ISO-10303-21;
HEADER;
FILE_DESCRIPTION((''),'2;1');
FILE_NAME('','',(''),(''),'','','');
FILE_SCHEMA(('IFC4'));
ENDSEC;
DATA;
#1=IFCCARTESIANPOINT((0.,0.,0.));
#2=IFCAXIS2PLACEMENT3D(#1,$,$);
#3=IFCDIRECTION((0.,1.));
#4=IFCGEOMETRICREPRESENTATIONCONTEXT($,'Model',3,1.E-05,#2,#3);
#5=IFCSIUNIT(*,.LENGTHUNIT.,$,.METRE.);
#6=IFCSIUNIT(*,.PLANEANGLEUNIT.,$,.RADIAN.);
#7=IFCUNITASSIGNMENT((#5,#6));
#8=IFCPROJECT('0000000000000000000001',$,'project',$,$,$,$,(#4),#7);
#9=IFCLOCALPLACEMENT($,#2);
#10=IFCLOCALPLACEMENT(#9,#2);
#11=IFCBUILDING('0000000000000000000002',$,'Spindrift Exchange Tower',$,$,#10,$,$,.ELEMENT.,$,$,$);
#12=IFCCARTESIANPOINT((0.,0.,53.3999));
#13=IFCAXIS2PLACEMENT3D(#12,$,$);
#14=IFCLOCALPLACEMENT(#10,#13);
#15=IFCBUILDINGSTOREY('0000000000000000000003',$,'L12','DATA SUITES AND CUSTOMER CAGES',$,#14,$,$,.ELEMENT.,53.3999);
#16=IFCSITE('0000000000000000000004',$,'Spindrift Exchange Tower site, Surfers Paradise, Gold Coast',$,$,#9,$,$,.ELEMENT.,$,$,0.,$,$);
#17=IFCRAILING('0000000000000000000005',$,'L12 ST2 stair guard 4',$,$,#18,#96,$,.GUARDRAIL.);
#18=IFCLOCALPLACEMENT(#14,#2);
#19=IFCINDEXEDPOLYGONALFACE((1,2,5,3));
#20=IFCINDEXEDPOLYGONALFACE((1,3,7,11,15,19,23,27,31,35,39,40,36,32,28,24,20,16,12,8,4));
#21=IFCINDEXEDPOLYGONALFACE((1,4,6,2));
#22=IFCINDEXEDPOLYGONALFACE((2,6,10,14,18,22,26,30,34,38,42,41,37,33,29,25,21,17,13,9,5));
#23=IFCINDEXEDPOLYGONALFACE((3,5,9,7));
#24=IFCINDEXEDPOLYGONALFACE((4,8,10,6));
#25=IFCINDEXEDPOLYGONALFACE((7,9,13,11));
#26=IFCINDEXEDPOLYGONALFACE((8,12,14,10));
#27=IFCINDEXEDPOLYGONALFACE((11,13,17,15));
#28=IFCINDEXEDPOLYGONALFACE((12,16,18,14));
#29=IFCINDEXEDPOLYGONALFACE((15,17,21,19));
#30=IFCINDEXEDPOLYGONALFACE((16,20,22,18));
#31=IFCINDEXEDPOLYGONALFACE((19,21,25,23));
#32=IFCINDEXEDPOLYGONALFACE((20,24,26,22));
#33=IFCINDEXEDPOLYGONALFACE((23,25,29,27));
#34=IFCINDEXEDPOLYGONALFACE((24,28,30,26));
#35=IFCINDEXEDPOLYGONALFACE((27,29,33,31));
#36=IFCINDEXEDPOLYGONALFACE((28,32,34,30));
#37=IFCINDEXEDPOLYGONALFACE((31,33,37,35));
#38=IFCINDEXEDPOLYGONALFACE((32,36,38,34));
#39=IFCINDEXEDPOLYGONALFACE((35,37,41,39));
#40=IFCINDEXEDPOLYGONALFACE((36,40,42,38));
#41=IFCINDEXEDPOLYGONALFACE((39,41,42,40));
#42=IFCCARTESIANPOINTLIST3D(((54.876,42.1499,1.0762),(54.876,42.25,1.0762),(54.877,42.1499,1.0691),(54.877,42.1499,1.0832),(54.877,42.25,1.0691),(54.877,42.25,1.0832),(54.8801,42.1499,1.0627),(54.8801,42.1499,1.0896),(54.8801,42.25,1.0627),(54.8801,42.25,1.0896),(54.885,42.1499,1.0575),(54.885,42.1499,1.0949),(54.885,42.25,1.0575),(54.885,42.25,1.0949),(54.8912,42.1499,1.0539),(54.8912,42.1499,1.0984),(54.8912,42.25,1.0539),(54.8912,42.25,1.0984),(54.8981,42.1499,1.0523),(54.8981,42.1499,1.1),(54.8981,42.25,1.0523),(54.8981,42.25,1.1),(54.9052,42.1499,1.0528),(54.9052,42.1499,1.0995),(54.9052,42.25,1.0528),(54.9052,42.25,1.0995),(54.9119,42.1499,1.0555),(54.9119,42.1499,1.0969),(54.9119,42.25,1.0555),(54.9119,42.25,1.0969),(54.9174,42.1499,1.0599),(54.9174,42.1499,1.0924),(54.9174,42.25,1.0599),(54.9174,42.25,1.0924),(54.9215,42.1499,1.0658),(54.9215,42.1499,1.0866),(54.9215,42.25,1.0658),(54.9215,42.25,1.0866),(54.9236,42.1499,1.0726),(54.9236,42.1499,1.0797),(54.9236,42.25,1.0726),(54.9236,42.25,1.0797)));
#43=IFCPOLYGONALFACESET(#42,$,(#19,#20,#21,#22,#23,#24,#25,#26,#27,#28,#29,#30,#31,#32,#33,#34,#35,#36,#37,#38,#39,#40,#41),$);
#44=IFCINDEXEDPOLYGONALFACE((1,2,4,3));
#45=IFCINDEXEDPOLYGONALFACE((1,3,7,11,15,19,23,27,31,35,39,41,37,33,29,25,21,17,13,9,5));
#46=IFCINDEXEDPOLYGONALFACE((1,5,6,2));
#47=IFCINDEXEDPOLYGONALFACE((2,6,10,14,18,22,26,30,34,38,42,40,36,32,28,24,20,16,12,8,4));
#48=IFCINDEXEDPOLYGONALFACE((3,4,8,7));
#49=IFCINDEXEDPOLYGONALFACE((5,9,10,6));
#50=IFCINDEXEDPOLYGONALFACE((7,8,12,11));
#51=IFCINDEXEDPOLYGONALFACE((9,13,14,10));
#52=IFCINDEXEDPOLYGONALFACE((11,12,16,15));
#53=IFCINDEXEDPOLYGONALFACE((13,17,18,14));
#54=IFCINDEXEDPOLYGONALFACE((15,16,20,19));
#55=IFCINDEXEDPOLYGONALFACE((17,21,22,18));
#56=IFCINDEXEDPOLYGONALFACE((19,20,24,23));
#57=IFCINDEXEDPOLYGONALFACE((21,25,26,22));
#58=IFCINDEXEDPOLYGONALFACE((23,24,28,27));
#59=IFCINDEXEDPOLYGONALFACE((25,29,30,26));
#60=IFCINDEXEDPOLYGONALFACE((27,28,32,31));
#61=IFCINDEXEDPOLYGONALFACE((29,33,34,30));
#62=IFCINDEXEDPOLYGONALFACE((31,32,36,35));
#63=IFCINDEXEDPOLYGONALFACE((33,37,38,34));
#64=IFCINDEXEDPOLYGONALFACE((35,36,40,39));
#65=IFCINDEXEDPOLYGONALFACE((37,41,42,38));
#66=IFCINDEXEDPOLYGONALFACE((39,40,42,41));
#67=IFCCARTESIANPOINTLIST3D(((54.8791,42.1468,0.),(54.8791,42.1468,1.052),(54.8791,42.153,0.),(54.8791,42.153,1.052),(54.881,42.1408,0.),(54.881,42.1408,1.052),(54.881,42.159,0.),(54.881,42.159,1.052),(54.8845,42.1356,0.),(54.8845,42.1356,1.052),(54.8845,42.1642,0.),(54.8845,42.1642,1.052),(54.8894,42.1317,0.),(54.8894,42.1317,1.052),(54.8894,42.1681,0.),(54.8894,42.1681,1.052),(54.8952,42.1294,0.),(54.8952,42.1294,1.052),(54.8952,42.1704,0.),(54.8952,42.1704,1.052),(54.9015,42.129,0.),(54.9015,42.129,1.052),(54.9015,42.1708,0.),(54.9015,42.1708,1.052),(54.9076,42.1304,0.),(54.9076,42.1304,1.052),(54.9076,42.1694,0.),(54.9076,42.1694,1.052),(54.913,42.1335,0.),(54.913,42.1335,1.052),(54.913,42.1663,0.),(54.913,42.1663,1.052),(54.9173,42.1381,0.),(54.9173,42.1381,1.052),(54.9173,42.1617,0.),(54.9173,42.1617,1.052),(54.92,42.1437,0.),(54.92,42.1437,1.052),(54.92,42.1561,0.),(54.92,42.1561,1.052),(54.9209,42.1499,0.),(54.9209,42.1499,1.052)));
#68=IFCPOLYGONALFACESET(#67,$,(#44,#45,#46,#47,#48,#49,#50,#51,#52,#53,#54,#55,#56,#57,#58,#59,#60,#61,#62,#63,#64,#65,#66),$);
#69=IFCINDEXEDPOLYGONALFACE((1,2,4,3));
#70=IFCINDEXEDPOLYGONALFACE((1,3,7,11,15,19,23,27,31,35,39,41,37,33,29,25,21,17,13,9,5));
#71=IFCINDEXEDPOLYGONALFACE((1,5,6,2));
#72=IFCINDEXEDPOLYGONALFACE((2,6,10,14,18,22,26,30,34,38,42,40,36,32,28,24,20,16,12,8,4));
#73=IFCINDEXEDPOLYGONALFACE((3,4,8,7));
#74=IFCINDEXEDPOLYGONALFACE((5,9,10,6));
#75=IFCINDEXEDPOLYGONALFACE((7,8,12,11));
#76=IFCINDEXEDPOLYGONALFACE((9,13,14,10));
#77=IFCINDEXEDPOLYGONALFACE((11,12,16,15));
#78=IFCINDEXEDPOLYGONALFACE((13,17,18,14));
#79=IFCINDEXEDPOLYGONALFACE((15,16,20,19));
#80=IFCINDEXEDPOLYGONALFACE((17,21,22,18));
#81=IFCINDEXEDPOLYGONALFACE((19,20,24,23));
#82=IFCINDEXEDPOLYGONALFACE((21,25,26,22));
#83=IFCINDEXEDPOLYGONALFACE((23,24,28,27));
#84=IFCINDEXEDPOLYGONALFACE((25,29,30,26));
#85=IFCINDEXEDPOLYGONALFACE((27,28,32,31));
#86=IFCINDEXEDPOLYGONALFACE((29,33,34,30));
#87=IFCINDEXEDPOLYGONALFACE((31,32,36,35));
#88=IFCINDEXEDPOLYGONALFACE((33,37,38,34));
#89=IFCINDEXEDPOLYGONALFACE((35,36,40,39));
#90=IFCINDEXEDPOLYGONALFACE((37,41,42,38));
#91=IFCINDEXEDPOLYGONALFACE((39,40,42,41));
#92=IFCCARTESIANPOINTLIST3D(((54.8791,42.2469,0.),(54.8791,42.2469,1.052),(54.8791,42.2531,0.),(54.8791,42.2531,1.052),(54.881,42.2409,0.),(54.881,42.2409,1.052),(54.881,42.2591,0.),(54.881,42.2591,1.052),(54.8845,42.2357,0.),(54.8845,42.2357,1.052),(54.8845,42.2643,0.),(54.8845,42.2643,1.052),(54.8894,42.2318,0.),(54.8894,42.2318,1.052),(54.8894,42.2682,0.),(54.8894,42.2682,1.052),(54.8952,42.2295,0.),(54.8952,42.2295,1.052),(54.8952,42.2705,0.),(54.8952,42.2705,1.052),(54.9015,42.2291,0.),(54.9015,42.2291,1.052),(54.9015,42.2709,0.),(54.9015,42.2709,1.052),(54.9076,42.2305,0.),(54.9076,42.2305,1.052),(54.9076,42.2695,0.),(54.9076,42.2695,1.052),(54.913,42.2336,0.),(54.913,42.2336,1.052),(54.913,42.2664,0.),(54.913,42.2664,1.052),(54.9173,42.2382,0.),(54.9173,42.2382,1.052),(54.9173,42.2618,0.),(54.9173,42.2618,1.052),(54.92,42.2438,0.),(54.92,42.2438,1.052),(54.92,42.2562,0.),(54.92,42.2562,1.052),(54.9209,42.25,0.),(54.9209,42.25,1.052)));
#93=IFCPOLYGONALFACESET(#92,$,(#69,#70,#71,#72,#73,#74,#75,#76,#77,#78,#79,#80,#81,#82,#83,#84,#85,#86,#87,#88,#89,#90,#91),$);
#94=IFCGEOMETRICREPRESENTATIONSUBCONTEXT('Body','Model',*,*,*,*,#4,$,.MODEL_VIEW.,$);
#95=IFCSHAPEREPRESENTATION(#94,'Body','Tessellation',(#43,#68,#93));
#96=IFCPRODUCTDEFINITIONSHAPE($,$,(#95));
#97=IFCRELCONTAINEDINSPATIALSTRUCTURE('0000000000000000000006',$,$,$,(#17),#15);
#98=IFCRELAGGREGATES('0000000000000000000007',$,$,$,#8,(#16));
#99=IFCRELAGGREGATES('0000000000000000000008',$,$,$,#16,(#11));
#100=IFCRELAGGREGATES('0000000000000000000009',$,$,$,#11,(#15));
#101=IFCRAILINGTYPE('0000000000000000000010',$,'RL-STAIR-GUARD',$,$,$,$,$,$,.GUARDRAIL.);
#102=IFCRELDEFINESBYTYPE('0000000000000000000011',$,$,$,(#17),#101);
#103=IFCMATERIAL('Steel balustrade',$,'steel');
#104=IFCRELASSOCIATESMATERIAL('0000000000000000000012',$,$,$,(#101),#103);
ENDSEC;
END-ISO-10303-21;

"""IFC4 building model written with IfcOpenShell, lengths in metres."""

from ifc_helpers import new_model, si_unit, direction, frame, origin, origin_2d, place, context, subcontext, project, spatial, circle, extrude, material, type_object, element, save


model = new_model("IFC4")

# Units and contexts
model_context = context("Model", 3, precision=1e-05, world=origin(), true_north=direction((0.0, 1.0)))
body_context = subcontext(model_context, "Body", "Model", "MODEL_VIEW")
ifc_project = project(units=[si_unit("LENGTHUNIT", "METRE"), si_unit("PLANEANGLEUNIT", "RADIAN")], contexts=[model_context])

# Site, building, storey
site_placement = place(None, origin())
site = spatial("IfcSite", under=ifc_project, at=site_placement, Name="Spindrift Exchange Tower site, Surfers Paradise, Gold Coast", CompositionType="ELEMENT", RefElevation=0.0)
building_placement = place(site_placement, origin())
building = spatial("IfcBuilding", under=site, at=building_placement, Name="Spindrift Exchange Tower", CompositionType="ELEMENT")
storey_placement = place(building_placement, frame((0.0, 0.0, 53.3999)))
storey = spatial("IfcBuildingStorey", under=building, at=storey_placement, Name="L12", Description="DATA SUITES AND CUSTOMER CAGES", CompositionType="ELEMENT", Elevation=53.3999)

# Railing
ifc_material_1 = material(Name="Steel balustrade", Category="steel")
railing_type_1 = type_object("IfcRailingType", Name="RL-STAIR-GUARD", PredefinedType="GUARDRAIL", material=ifc_material_1)
railing_1_placement = place(storey_placement, frame((54.8999, 42.1499, 0.0)))
element("IfcRailing", 1, at=railing_1_placement, inside=storey, type_object=railing_type_1, Name="L12 ST2 stair guard 4", PredefinedType="GUARDRAIL", context=body_context, shape_type="SweptSolid", body=[
    extrude(circle(Radius=0.0239, at=origin_2d()), frame((0.0, 0.0, 1.0762), z_axis=(0.0, 1.0, 0.0), x_axis=(-1.0, 0.0, 0.0)), (0.0, 0.0, 1.0), 0.1001),
    extrude(circle(Radius=0.021, at=origin_2d()), origin(), (0.0, 0.0, 1.0), 1.052),
    extrude(circle(Radius=0.021, at=origin_2d()), frame((0.0, 0.1001, 0.0)), (0.0, 0.0, 1.0), 1.052),
])

save(model, "model.ifc")
